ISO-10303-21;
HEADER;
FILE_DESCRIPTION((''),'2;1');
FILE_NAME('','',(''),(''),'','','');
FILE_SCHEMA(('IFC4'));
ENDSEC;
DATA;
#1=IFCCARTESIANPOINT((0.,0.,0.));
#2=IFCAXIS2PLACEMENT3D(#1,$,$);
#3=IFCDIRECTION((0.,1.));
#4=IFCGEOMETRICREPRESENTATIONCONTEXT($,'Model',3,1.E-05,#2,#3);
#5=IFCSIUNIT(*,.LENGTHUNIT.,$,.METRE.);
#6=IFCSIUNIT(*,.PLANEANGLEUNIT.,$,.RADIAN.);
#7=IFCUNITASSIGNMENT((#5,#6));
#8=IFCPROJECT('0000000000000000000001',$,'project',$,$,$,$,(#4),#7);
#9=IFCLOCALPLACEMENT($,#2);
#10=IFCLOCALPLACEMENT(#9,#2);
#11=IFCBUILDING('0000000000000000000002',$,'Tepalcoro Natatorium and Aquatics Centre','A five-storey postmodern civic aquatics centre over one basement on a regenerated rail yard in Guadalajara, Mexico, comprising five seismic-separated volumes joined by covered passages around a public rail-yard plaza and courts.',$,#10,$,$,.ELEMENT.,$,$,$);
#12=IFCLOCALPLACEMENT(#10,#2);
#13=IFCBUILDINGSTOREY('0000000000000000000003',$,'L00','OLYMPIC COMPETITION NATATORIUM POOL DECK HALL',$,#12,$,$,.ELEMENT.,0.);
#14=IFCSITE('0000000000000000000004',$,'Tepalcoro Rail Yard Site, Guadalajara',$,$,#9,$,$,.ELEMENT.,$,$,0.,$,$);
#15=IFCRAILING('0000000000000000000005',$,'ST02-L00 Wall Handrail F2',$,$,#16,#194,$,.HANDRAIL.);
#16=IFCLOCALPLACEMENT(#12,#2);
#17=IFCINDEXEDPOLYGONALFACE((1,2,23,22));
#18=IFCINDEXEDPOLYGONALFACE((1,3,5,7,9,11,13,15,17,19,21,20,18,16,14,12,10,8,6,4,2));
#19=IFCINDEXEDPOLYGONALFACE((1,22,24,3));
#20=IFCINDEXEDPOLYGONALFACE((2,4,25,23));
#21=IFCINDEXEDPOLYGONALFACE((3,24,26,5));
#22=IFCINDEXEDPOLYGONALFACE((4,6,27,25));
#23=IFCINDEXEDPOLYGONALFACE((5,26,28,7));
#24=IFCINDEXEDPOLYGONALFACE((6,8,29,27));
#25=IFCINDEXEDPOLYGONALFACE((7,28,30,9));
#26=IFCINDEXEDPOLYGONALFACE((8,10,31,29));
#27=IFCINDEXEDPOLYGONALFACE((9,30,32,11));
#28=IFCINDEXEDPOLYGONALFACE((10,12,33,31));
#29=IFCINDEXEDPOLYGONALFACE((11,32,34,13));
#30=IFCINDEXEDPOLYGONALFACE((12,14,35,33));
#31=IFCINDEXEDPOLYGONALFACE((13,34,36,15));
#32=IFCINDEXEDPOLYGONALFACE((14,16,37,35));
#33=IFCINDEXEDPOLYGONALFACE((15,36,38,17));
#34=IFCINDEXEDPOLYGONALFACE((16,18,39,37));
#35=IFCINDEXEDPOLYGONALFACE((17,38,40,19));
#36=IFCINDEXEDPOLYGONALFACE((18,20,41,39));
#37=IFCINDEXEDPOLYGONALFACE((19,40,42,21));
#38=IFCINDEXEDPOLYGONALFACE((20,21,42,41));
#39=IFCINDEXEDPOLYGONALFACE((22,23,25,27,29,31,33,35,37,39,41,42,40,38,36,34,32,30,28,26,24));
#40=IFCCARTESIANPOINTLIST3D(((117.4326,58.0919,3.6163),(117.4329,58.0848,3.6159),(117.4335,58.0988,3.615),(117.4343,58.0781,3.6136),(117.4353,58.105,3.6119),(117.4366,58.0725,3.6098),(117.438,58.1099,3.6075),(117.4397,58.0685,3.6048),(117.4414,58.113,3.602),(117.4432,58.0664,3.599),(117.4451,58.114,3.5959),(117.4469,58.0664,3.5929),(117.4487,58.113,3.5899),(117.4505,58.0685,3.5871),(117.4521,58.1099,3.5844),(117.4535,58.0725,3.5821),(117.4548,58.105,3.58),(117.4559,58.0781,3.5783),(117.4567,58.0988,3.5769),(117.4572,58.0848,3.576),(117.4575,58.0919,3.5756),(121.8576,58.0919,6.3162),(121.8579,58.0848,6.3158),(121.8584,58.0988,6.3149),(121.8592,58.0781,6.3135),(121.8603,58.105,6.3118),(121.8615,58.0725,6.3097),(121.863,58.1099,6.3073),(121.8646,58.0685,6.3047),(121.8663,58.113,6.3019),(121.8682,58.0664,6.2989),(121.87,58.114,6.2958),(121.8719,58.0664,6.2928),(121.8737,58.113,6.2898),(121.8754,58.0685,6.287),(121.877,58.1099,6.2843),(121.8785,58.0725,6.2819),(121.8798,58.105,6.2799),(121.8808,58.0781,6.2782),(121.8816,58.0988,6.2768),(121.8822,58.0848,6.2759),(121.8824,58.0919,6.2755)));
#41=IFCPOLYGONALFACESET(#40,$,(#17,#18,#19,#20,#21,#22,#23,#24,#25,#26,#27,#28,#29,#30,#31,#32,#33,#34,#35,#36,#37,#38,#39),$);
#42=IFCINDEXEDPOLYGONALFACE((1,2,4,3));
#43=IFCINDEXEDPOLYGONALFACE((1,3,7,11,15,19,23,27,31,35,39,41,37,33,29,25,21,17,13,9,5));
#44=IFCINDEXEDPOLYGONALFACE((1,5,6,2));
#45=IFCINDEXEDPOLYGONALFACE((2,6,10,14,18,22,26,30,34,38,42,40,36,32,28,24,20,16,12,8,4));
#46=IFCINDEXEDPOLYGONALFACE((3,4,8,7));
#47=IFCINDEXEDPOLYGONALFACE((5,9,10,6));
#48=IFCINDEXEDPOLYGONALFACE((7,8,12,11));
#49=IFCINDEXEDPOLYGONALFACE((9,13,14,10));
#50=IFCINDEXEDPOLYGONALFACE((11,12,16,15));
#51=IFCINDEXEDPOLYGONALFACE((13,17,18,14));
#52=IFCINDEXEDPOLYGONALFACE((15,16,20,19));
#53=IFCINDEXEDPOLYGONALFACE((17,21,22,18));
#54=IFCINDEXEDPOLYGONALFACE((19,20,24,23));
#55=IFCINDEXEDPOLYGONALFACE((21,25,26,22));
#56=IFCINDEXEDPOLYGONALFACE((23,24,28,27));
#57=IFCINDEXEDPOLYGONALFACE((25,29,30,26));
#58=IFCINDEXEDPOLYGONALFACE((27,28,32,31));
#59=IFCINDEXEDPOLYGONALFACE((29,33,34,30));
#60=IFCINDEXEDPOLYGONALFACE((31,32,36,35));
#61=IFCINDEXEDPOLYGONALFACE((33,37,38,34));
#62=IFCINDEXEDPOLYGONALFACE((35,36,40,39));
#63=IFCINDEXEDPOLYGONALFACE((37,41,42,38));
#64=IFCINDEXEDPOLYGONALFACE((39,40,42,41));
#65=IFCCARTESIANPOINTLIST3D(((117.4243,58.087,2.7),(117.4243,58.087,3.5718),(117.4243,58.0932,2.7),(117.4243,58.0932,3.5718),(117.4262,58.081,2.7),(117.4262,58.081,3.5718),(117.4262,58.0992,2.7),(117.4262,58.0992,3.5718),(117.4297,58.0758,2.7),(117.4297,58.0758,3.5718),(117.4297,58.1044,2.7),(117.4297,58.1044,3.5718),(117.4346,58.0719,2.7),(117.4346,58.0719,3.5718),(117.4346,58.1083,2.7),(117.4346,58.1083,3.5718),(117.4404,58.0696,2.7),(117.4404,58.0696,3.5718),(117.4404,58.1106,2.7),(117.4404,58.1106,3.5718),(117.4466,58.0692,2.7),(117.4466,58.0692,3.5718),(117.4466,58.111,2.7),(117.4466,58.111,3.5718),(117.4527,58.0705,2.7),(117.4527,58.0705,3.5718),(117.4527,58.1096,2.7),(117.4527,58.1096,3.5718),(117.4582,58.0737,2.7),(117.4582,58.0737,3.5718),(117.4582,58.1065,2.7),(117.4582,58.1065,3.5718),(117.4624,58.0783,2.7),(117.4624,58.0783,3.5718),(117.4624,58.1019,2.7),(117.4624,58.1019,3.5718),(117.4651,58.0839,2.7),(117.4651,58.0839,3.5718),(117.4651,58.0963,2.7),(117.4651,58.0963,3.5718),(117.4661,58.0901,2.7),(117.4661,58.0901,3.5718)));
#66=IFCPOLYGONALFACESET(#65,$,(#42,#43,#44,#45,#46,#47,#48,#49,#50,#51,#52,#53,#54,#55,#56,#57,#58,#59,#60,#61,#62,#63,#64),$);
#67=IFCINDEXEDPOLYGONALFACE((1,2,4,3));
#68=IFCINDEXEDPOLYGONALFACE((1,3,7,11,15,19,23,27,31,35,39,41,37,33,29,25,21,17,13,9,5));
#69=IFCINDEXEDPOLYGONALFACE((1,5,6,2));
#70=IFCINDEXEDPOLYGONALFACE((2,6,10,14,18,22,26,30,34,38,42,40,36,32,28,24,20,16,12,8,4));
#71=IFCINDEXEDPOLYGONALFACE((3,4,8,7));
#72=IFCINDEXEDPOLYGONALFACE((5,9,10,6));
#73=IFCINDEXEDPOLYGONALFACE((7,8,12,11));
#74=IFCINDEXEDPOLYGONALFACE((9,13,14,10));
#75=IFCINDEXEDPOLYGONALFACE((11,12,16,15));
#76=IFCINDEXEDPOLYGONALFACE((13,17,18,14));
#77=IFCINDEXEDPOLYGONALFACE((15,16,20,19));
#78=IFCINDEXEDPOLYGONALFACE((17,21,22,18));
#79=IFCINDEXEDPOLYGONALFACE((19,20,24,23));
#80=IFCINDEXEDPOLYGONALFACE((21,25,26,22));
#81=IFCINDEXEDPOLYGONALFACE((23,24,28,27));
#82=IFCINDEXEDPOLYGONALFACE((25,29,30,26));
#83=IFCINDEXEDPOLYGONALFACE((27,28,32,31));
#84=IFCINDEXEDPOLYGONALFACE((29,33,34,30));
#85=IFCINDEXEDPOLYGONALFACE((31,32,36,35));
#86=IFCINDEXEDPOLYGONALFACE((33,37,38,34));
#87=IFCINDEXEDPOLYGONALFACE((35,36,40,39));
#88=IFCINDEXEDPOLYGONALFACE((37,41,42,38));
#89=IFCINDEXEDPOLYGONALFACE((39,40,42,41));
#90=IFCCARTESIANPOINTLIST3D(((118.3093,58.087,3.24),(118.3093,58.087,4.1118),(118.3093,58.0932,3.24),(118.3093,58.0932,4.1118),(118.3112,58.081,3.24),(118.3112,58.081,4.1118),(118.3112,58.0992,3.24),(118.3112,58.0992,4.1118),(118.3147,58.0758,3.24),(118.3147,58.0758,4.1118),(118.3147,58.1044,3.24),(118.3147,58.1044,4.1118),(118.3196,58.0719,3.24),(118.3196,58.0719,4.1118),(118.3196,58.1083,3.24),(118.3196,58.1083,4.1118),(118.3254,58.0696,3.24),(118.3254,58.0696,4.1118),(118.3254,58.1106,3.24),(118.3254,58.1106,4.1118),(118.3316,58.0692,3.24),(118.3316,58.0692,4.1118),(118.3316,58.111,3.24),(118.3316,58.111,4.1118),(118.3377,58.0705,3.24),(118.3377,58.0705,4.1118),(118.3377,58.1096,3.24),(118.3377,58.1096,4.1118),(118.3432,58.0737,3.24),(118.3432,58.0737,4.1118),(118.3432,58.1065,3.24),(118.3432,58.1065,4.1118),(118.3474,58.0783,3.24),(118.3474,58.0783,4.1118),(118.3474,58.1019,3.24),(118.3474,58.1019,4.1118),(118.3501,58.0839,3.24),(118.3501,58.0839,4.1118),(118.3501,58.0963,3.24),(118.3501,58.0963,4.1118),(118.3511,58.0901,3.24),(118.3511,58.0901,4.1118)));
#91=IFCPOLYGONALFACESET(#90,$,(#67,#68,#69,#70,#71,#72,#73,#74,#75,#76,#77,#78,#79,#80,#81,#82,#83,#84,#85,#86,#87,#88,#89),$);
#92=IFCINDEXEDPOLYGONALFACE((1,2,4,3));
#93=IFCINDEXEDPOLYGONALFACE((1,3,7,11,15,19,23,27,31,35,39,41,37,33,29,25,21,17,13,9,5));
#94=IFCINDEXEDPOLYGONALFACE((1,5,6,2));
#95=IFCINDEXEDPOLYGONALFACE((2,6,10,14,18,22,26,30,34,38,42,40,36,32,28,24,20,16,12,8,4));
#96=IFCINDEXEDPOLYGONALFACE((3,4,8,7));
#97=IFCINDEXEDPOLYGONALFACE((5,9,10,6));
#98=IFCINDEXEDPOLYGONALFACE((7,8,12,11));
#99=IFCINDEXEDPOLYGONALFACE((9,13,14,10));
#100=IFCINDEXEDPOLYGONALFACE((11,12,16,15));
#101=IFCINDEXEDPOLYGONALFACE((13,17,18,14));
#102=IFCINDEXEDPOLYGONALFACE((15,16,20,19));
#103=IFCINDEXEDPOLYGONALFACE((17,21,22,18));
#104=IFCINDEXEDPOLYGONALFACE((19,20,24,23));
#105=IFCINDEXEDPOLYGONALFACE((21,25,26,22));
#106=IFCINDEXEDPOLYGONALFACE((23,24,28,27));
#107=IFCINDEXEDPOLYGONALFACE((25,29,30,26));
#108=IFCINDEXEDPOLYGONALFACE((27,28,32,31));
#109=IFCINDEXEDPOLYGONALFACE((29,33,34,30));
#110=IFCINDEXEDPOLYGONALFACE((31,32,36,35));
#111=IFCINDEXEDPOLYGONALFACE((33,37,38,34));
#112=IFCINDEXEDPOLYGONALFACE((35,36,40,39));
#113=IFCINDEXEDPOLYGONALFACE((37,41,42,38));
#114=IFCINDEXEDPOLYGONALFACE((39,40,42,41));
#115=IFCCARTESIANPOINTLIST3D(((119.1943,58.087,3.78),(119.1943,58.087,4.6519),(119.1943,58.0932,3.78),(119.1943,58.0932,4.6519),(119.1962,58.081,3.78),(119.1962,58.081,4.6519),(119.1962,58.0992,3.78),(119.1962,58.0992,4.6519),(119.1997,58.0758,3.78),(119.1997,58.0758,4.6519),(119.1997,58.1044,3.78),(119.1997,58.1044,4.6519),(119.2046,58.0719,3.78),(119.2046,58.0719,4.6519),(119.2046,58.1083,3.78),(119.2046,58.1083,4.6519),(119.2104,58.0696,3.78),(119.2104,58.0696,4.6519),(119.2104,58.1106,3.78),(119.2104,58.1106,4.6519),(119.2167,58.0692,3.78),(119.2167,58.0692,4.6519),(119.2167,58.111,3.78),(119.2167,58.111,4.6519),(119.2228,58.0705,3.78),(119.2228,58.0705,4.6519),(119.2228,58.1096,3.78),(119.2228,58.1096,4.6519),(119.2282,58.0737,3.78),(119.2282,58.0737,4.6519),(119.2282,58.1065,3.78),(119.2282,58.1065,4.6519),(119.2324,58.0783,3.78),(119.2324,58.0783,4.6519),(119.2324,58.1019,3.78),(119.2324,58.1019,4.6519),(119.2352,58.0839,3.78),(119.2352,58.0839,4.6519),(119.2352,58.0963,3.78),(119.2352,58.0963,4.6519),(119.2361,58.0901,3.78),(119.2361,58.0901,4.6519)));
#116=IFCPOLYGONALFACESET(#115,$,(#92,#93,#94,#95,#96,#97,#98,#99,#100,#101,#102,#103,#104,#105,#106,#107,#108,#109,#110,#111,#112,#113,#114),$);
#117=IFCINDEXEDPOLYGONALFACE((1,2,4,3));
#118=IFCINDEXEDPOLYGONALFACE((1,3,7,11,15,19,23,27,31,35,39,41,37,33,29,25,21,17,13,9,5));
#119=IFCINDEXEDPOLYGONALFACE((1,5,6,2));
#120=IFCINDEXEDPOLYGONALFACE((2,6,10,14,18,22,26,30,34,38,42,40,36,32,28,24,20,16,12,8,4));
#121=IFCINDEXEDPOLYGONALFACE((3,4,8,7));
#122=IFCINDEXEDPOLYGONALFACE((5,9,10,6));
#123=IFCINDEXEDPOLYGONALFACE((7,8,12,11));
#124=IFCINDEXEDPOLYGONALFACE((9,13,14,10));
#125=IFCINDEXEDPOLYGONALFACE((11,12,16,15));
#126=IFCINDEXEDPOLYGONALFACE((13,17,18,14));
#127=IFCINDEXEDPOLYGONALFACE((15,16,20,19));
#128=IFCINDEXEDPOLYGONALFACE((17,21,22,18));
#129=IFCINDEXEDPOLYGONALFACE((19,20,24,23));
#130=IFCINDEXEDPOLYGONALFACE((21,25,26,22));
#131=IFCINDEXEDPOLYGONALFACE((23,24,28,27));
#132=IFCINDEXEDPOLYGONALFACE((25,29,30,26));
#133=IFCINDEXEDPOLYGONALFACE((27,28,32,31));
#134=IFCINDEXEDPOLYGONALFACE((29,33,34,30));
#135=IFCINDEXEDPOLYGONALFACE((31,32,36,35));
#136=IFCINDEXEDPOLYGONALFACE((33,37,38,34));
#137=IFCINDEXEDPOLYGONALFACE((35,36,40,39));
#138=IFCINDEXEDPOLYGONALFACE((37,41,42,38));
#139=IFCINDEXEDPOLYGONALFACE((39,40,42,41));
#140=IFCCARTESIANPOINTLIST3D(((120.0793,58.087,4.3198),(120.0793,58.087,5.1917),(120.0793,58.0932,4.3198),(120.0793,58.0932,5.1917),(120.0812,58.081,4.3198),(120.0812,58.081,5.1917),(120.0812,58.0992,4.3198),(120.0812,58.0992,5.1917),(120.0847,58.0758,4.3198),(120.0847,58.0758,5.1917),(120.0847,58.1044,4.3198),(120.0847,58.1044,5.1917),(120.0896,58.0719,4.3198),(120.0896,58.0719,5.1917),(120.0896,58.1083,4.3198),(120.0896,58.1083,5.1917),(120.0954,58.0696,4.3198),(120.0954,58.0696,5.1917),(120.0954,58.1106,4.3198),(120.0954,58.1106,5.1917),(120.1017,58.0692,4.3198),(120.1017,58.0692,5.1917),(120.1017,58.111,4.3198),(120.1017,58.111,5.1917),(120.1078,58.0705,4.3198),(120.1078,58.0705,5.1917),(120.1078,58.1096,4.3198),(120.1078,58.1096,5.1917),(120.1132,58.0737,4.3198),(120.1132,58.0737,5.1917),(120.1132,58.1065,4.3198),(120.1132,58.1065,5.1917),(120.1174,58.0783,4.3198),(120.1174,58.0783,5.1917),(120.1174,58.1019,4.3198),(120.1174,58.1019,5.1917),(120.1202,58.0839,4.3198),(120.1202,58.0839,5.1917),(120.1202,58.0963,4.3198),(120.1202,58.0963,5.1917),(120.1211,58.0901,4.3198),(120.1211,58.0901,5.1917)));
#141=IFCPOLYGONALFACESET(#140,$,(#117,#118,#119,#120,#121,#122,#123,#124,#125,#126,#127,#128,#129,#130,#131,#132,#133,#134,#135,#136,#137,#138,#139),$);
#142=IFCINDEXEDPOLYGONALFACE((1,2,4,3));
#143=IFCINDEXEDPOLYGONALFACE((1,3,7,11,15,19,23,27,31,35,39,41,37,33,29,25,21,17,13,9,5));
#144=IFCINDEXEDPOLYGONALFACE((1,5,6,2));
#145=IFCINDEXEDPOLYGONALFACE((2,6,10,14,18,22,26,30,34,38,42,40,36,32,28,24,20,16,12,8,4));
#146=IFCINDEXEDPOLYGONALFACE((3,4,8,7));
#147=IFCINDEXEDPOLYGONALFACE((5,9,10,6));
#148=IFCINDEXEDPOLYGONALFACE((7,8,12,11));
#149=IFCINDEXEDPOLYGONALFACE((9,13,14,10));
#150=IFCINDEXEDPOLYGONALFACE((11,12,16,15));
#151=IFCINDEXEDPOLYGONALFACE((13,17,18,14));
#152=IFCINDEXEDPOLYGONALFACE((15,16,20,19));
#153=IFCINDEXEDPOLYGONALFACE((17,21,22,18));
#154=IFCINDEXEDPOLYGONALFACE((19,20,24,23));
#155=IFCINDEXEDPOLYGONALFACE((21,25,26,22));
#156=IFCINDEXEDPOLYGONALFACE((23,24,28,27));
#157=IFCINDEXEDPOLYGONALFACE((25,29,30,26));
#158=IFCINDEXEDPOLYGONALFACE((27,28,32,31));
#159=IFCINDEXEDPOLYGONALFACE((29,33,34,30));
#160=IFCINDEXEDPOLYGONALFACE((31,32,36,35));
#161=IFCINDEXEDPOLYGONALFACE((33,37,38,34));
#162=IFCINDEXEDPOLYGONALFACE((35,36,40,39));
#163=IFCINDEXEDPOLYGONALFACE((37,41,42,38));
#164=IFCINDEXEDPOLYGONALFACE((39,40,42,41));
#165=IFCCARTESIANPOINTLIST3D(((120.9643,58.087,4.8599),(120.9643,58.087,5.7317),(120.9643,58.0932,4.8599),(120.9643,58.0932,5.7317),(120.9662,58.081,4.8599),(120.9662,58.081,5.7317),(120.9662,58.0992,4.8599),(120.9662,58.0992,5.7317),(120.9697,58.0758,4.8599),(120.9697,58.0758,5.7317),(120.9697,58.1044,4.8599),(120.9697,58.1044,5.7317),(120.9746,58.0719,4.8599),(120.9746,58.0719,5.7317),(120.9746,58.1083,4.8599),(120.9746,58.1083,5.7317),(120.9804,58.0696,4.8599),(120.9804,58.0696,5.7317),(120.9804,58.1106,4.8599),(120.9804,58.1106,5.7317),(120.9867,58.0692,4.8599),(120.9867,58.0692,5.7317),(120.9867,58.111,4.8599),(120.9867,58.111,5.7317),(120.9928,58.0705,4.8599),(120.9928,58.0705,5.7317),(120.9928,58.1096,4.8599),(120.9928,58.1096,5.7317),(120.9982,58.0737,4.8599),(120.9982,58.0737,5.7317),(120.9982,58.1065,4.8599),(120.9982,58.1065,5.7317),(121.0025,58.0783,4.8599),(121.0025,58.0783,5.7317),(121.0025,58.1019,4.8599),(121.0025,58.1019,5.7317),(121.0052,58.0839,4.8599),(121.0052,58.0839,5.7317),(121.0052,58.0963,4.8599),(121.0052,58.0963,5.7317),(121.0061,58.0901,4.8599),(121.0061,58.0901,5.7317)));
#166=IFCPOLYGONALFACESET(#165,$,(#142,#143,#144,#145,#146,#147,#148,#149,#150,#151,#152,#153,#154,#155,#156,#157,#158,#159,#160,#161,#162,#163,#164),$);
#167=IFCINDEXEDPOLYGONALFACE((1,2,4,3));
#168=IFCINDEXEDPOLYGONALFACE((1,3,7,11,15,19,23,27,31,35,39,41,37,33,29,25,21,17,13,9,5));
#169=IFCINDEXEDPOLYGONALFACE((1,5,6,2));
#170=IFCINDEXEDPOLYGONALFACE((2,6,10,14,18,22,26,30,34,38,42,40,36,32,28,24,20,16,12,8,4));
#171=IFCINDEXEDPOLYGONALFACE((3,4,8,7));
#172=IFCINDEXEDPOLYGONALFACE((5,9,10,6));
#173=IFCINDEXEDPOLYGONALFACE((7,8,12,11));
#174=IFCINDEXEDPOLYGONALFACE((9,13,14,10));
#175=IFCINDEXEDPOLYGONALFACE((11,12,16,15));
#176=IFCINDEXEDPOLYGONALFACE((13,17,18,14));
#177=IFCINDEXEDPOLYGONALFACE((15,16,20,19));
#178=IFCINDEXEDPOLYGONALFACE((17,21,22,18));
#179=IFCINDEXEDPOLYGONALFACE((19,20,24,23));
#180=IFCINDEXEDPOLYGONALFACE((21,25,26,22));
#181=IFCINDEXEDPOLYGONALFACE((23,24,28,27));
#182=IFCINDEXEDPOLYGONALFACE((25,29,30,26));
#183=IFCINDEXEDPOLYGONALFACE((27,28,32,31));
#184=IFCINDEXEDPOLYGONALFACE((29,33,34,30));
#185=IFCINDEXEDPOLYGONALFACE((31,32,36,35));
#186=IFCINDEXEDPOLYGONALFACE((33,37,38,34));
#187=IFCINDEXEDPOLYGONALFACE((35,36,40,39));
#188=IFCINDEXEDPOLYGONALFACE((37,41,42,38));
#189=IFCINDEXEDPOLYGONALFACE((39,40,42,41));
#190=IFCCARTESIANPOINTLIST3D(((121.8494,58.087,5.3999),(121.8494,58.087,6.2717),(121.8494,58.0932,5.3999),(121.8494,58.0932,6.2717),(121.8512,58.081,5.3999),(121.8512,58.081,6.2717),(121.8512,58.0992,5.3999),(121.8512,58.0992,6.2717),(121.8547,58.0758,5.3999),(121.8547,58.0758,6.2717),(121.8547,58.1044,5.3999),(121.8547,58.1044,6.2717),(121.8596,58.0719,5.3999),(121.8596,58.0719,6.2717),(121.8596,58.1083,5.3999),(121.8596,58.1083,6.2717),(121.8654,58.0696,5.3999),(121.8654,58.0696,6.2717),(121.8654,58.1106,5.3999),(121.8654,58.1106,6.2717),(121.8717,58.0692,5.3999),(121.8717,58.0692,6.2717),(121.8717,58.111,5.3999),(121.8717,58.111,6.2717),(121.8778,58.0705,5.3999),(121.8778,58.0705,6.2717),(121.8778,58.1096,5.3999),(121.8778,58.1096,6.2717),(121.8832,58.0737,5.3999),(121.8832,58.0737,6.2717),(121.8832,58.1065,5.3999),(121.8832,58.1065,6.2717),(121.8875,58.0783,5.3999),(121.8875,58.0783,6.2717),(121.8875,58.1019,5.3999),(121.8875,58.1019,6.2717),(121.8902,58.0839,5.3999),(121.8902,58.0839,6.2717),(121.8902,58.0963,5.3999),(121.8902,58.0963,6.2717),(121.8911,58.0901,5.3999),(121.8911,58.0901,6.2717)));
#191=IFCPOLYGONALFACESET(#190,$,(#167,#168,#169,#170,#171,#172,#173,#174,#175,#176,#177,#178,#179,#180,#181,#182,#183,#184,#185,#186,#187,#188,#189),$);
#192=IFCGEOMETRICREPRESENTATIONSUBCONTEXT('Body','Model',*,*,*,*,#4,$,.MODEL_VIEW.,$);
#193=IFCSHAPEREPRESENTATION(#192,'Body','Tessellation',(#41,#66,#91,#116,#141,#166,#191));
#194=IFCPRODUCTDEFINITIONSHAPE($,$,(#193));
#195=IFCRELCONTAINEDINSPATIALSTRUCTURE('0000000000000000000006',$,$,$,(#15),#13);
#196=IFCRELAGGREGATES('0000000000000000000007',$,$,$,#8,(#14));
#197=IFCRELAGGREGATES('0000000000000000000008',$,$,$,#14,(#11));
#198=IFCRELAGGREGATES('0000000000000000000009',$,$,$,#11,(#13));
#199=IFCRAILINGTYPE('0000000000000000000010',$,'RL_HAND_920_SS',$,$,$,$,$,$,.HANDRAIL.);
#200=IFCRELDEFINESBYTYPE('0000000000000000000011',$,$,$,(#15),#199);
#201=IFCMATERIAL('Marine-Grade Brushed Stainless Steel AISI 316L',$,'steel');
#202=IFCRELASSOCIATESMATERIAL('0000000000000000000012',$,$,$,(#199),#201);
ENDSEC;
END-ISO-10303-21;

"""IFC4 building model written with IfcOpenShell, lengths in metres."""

from ifc_helpers import new_model, si_unit, direction, frame, origin, origin_2d, place, context, subcontext, project, spatial, circle, extrude, material, type_object, element, save


model = new_model("IFC4")

# Units and contexts
model_context = context("Model", 3, precision=1e-05, world=origin(), true_north=direction((0.0, 1.0)))
body_context = subcontext(model_context, "Body", "Model", "MODEL_VIEW")
ifc_project = project(units=[si_unit("LENGTHUNIT", "METRE"), si_unit("PLANEANGLEUNIT", "RADIAN")], contexts=[model_context])

# Site, building, storey
site_placement = place(None, origin())
site = spatial("IfcSite", under=ifc_project, at=site_placement, Name="Tepalcoro Rail Yard Site, Guadalajara", CompositionType="ELEMENT", RefElevation=0.0)
building_placement = place(site_placement, origin())
building = spatial("IfcBuilding", under=site, at=building_placement, Name="Tepalcoro Natatorium and Aquatics Centre", Description="A five-storey postmodern civic aquatics centre over one basement on a regenerated rail yard in Guadalajara, Mexico, comprising five seismic-separated volumes joined by covered passages around a public rail-yard plaza and courts.", CompositionType="ELEMENT")
storey_placement = place(building_placement, origin())
storey = spatial("IfcBuildingStorey", under=building, at=storey_placement, Name="L00", Description="OLYMPIC COMPETITION NATATORIUM POOL DECK HALL", CompositionType="ELEMENT", Elevation=0.0)

# Railing
ifc_material_1 = material(Name="Marine-Grade Brushed Stainless Steel AISI 316L", Category="steel")
railing_type_1 = type_object("IfcRailingType", Name="RL_HAND_920_SS", PredefinedType="HANDRAIL", material=ifc_material_1)
railing_1_placement = place(storey_placement, frame((117.4451, 58.0901, 2.7)))
element("IfcRailing", 1, at=railing_1_placement, inside=storey, type_object=railing_type_1, Name="ST02-L00 Wall Handrail F2", PredefinedType="HANDRAIL", context=body_context, shape_type="SweptSolid", body=[
    extrude(circle(Radius=0.0239, at=origin_2d()), frame((0.0, 0.0, 0.896), z_axis=(0.853646, 0.0, 0.520854), x_axis=(0.0, 1.0, 0.0)), (0.0, 0.0, 1.0), 5.1836),
    extrude(circle(Radius=0.021, at=origin_2d()), origin(), (0.0, 0.0, 1.0), 0.8718),
    extrude(circle(Radius=0.021, at=origin_2d()), frame((0.885, 0.0, 0.54)), (0.0, 0.0, 1.0), 0.8718),
    extrude(circle(Radius=0.021, at=origin_2d()), frame((1.77, 0.0, 1.0801)), (0.0, 0.0, 1.0), 0.8718),
    extrude(circle(Radius=0.021, at=origin_2d()), frame((2.655, 0.0, 1.6199)), (0.0, 0.0, 1.0), 0.8718),
    extrude(circle(Radius=0.021, at=origin_2d()), frame((3.54, 0.0, 2.1599)), (0.0, 0.0, 1.0), 0.8718),
    extrude(circle(Radius=0.021, at=origin_2d()), frame((4.425, 0.0, 2.7)), (0.0, 0.0, 1.0), 0.8718),
])

save(model, "model.ifc")
